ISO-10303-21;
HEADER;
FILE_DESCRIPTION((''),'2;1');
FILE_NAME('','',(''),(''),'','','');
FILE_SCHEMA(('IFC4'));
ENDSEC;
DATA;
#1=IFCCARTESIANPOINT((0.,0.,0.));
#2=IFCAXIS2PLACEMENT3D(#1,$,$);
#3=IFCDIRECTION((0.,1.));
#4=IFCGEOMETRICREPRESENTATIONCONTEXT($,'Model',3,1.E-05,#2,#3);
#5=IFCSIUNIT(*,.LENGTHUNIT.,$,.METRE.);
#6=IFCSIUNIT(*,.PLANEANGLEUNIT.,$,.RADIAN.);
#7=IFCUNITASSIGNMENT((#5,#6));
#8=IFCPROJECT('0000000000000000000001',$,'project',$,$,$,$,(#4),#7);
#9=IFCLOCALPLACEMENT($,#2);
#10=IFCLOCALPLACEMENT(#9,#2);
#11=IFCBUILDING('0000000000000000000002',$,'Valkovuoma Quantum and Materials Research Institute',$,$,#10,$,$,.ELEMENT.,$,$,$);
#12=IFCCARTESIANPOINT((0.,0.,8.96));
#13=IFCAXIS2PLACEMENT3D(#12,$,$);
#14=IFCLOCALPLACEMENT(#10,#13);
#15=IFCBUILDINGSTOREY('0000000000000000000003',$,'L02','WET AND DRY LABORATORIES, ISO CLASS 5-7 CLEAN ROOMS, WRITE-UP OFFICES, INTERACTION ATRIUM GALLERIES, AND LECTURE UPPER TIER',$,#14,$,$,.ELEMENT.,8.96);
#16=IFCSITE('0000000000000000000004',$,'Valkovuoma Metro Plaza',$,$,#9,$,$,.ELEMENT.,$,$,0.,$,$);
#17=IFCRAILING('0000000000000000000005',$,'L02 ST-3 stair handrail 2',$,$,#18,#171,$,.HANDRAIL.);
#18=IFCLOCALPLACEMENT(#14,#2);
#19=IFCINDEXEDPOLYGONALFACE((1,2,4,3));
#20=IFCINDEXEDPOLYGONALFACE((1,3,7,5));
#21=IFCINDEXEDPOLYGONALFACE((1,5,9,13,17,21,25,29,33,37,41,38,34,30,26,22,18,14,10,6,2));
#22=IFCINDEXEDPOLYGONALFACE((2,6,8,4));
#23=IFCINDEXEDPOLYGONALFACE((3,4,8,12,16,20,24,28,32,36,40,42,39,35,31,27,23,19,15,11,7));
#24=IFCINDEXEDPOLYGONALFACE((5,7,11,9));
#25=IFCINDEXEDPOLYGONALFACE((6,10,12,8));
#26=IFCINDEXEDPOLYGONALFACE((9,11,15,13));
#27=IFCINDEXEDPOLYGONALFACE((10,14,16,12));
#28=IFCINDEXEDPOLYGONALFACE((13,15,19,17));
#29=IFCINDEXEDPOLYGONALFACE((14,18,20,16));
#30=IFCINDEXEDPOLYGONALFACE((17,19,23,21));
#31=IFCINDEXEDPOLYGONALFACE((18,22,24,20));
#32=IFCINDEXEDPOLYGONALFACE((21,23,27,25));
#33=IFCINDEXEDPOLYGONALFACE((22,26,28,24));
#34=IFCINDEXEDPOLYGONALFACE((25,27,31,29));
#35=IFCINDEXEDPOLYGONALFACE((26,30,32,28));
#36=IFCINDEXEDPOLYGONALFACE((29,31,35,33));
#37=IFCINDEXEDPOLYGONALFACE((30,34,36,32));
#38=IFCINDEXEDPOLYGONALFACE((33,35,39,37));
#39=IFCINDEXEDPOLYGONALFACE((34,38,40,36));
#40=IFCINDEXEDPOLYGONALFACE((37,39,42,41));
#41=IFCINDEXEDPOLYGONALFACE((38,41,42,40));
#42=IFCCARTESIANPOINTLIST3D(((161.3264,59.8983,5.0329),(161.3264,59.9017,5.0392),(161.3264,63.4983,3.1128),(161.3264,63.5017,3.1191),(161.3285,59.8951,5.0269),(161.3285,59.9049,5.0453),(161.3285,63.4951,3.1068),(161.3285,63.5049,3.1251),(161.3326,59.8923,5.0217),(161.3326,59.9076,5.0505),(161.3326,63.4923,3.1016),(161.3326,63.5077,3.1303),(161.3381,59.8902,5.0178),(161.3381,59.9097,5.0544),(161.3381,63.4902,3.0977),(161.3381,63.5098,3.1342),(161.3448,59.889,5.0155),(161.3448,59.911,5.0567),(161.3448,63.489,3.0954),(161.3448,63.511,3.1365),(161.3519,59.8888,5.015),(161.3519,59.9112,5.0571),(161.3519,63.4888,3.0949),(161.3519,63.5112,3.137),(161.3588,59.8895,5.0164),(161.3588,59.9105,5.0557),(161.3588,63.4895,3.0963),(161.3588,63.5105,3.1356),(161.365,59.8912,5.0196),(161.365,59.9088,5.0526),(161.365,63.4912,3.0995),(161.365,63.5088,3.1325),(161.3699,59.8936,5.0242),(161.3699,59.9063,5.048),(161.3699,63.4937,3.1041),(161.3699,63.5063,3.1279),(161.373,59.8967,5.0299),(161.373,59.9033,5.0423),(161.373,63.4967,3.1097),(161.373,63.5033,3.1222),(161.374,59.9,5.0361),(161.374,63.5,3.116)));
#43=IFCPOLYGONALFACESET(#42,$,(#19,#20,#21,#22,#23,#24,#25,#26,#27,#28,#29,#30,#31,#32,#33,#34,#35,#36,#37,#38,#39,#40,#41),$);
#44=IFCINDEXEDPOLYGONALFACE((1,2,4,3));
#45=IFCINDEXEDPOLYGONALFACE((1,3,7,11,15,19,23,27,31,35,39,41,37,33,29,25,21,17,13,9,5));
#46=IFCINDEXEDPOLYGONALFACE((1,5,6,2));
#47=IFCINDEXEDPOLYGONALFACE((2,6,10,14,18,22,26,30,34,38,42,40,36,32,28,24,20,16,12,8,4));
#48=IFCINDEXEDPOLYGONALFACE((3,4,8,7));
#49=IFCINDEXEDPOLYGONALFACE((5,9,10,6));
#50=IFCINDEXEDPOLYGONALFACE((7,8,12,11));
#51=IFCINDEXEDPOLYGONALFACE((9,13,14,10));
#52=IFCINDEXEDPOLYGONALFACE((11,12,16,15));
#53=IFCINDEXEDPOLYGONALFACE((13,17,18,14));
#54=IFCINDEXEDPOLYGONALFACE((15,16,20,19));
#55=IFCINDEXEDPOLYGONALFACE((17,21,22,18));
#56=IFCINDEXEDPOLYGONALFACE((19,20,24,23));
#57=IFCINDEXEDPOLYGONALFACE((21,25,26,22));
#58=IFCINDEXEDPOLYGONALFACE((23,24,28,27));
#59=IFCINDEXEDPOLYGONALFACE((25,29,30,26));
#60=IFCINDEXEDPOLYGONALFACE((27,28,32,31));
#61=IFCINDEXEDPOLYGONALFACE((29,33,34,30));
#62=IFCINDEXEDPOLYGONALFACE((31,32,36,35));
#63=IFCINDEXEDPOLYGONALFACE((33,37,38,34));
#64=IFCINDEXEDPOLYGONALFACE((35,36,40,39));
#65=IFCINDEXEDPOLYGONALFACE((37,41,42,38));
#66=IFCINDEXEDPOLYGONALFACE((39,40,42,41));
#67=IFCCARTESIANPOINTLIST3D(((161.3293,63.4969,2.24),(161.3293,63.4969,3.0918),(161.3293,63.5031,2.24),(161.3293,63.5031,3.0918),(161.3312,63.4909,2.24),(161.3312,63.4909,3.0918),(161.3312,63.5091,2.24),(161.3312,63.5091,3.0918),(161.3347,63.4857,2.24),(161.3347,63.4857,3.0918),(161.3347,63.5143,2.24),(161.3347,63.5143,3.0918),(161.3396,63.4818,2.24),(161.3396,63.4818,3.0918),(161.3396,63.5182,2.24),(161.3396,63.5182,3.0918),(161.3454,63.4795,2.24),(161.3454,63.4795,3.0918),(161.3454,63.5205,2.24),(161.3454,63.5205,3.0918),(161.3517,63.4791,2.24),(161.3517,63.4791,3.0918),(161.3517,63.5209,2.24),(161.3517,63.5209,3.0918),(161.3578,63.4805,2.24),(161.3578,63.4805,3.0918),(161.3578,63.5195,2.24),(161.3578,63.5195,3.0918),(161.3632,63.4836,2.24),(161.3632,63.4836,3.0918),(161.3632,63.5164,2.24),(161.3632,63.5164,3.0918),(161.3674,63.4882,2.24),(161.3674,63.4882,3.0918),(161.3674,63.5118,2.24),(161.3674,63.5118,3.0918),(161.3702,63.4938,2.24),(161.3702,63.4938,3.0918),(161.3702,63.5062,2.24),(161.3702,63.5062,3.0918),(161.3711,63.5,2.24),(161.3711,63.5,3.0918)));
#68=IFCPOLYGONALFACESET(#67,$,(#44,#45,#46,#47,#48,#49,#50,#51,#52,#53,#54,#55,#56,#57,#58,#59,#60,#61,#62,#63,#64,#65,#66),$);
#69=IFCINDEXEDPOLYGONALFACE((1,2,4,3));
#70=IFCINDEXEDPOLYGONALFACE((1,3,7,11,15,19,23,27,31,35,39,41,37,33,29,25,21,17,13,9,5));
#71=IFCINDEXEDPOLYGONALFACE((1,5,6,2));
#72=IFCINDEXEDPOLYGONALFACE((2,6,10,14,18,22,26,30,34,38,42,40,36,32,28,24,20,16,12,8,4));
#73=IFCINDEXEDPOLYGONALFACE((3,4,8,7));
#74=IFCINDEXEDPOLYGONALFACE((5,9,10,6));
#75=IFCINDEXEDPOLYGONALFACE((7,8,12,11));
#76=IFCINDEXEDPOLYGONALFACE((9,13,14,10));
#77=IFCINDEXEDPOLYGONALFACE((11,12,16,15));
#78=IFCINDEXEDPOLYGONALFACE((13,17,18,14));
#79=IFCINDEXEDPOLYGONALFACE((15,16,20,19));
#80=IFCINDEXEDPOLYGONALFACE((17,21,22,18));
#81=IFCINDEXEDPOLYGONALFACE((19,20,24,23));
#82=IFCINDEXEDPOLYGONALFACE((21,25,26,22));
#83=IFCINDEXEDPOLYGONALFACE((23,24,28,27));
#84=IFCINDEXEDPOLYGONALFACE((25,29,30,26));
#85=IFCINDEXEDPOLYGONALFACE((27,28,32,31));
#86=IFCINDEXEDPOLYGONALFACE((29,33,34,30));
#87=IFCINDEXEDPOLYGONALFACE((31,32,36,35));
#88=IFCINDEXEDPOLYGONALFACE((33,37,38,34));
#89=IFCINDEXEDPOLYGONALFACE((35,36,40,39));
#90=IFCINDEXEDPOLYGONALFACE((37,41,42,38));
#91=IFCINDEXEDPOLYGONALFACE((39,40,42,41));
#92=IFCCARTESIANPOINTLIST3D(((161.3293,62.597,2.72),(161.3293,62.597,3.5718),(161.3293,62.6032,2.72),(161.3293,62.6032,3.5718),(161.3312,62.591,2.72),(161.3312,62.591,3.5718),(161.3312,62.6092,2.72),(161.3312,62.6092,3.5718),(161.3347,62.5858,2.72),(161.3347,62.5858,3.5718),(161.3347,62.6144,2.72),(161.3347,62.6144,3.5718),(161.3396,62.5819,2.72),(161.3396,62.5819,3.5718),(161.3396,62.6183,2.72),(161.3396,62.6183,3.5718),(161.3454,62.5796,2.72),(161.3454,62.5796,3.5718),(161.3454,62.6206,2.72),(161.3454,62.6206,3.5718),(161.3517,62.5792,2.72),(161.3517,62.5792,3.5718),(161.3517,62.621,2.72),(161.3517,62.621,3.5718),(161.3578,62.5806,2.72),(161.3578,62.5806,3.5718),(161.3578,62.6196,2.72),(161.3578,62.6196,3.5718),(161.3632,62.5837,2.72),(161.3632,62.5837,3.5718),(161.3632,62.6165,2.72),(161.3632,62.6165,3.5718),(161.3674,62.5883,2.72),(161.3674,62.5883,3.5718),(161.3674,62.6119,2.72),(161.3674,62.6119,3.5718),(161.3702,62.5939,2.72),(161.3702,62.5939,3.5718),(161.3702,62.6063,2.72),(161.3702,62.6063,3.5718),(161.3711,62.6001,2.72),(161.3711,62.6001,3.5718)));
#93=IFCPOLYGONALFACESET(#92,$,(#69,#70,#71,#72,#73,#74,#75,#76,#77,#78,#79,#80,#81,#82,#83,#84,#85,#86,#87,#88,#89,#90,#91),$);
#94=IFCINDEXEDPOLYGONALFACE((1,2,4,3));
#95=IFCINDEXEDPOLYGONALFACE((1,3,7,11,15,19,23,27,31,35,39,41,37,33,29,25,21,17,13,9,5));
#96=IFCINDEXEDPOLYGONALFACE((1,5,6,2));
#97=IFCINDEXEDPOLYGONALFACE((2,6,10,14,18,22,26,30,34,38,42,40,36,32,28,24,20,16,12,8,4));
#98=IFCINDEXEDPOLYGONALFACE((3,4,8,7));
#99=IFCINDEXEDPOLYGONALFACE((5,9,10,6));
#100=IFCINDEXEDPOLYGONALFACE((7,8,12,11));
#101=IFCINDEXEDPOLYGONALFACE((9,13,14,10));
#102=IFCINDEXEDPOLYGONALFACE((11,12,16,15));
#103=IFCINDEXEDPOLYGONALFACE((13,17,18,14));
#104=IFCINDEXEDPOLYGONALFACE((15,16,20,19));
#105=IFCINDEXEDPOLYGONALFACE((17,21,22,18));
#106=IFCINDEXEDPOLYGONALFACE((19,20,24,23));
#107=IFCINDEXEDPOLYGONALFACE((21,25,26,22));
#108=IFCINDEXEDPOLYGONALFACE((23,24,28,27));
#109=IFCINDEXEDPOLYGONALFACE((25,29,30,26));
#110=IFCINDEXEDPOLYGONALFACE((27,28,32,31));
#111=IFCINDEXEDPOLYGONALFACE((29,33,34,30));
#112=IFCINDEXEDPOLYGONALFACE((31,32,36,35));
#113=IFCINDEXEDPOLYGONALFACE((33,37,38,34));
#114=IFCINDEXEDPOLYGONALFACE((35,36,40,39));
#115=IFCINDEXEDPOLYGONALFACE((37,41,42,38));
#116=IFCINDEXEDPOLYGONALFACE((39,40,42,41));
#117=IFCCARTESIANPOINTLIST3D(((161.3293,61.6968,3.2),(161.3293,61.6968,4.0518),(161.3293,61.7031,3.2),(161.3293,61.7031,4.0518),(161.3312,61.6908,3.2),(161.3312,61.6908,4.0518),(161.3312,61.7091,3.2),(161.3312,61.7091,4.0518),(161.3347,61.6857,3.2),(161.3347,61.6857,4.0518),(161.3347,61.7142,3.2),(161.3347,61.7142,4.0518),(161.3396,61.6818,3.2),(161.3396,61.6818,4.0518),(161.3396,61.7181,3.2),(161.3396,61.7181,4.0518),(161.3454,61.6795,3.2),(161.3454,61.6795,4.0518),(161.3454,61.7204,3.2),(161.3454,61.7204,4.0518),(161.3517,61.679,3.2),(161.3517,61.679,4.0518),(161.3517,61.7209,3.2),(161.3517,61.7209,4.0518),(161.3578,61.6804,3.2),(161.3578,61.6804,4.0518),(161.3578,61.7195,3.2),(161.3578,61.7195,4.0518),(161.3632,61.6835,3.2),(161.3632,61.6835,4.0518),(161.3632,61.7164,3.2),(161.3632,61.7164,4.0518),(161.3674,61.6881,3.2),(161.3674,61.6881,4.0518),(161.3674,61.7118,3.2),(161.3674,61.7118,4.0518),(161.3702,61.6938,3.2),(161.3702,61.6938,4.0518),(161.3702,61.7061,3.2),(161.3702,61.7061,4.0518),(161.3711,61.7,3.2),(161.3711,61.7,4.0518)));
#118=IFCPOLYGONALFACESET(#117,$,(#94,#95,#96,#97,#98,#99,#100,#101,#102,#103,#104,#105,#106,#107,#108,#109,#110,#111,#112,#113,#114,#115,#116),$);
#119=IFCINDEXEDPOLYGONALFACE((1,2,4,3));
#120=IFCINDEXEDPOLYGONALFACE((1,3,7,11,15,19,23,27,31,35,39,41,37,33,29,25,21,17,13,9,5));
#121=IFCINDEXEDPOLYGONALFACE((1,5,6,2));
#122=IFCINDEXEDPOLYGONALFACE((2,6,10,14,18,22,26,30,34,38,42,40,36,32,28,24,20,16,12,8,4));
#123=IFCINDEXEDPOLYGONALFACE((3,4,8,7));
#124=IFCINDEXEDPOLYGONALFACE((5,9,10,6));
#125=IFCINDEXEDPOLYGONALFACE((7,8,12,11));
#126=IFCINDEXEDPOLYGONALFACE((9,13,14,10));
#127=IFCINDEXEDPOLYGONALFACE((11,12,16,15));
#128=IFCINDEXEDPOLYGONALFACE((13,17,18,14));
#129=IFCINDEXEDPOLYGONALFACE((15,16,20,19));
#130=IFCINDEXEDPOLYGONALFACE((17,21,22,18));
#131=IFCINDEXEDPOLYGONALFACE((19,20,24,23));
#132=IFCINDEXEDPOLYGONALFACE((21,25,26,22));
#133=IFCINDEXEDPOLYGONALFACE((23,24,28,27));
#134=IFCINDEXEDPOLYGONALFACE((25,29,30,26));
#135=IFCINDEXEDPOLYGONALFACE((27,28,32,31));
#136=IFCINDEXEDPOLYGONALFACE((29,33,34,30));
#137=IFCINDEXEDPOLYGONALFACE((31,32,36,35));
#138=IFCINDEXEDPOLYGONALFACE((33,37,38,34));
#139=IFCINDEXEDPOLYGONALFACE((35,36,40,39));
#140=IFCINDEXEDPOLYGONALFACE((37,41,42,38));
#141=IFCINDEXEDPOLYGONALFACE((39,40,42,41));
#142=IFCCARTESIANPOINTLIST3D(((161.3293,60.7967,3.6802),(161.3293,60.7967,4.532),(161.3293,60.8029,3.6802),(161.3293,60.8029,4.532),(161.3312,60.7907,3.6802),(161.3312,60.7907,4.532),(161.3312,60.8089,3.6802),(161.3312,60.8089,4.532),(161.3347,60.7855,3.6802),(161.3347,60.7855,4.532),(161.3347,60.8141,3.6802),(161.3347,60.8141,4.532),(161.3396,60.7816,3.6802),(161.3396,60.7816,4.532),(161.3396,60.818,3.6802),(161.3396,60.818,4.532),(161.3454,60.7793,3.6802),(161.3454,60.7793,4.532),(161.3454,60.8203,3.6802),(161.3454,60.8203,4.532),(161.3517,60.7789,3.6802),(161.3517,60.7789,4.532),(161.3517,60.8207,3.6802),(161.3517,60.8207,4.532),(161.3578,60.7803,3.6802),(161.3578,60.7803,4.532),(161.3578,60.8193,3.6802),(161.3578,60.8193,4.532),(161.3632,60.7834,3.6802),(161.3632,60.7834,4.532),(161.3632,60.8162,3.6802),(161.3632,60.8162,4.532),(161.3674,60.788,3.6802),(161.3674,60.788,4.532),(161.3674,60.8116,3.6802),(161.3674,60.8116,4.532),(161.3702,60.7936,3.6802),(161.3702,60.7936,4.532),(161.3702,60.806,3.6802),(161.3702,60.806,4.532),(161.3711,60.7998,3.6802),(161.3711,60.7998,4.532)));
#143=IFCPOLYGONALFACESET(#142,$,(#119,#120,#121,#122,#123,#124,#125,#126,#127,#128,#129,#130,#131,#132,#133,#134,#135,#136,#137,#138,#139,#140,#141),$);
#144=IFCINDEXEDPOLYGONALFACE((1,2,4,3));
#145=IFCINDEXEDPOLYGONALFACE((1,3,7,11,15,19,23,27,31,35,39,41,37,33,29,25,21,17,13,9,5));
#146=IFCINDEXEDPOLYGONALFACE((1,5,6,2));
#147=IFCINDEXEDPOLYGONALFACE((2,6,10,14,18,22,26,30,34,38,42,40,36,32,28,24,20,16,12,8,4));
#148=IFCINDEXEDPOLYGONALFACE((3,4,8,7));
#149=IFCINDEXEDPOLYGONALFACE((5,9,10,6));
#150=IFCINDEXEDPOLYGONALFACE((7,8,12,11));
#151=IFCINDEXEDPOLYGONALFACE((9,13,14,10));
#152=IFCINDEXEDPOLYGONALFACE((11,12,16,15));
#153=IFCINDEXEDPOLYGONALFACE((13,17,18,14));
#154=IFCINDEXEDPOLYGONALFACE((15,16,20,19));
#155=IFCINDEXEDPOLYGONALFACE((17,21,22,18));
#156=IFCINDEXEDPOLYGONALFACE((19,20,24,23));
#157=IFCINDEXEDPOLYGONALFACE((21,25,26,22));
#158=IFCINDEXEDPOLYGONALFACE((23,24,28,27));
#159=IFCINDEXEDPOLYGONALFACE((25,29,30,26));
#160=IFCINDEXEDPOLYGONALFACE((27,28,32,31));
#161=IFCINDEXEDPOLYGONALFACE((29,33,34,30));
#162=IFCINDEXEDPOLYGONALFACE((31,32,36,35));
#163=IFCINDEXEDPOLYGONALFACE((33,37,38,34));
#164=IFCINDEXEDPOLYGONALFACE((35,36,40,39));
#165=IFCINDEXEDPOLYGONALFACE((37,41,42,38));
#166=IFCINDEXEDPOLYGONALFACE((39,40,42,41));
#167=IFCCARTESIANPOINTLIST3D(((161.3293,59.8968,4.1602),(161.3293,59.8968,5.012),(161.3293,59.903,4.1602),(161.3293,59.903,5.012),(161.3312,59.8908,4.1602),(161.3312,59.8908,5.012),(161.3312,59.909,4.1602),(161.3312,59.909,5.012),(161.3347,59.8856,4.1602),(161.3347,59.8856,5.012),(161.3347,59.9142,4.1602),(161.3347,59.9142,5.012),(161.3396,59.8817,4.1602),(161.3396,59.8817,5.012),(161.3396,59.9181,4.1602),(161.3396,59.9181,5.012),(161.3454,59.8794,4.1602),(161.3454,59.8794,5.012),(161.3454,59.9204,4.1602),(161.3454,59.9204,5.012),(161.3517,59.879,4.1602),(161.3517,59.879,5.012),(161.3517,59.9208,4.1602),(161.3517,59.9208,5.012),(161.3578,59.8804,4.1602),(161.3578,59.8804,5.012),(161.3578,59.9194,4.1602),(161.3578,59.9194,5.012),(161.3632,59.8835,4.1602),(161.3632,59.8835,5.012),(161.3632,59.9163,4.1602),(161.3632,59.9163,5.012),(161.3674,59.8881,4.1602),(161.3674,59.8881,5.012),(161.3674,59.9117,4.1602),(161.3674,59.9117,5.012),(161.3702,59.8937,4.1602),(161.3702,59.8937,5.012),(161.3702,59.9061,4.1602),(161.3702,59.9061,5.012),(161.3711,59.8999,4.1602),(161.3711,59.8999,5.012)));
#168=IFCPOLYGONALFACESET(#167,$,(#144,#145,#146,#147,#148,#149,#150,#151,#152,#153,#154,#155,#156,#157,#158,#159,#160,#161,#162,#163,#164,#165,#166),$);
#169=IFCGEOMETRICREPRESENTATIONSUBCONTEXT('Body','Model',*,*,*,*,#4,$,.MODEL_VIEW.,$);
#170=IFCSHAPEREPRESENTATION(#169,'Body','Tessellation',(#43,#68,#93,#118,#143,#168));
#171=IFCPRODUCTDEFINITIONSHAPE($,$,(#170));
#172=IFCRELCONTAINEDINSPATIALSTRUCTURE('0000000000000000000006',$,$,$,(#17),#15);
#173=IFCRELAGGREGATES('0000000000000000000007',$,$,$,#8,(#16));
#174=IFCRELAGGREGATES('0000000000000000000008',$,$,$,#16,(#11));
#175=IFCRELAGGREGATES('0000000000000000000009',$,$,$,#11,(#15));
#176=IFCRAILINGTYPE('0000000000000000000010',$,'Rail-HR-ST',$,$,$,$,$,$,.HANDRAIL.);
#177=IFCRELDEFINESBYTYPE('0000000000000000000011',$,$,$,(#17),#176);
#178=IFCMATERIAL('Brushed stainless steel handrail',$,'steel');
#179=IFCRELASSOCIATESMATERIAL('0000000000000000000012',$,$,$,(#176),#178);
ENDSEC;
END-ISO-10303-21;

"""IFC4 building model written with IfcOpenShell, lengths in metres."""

from ifc_helpers import new_model, si_unit, direction, frame, origin, origin_2d, place, context, subcontext, project, spatial, circle, extrude, material, type_object, element, save


model = new_model("IFC4")

# Units and contexts
model_context = context("Model", 3, precision=1e-05, world=origin(), true_north=direction((0.0, 1.0)))
body_context = subcontext(model_context, "Body", "Model", "MODEL_VIEW")
ifc_project = project(units=[si_unit("LENGTHUNIT", "METRE"), si_unit("PLANEANGLEUNIT", "RADIAN")], contexts=[model_context])

# Site, building, storey
site_placement = place(None, origin())
site = spatial("IfcSite", under=ifc_project, at=site_placement, Name="Valkovuoma Metro Plaza", CompositionType="ELEMENT", RefElevation=0.0)
building_placement = place(site_placement, origin())
building = spatial("IfcBuilding", under=site, at=building_placement, Name="Valkovuoma Quantum and Materials Research Institute", CompositionType="ELEMENT")
storey_placement = place(building_placement, frame((0.0, 0.0, 8.96)))
storey = spatial("IfcBuildingStorey", under=building, at=storey_placement, Name="L02", Description="WET AND DRY LABORATORIES, ISO CLASS 5-7 CLEAN ROOMS, WRITE-UP OFFICES, INTERACTION ATRIUM GALLERIES, AND LECTURE UPPER TIER", CompositionType="ELEMENT", Elevation=8.96)

# Railing
ifc_material_1 = material(Name="Brushed stainless steel handrail", Category="steel")
railing_type_1 = type_object("IfcRailingType", Name="Rail-HR-ST", PredefinedType="HANDRAIL", material=ifc_material_1)
railing_1_placement = place(storey_placement, frame((161.3501, 63.5, 2.24)))
element("IfcRailing", 1, at=railing_1_placement, inside=storey, type_object=railing_type_1, Name="L02 ST-3 stair handrail 2", PredefinedType="HANDRAIL", context=body_context, shape_type="SweptSolid", body=[
    extrude(circle(Radius=0.0239, at=origin_2d()), frame((0.0, 0.0, 0.876), z_axis=(0.0, -0.882341, 0.47061), x_axis=(1.0, 0.0, 0.0)), (0.0, 0.0, 1.0), 4.0801),
    extrude(circle(Radius=0.021, at=origin_2d()), origin(), (0.0, 0.0, 1.0), 0.8518),
    extrude(circle(Radius=0.021, at=origin_2d()), frame((0.0, -0.8999, 0.48)), (0.0, 0.0, 1.0), 0.8518),
    extrude(circle(Radius=0.021, at=origin_2d()), frame((0.0, -1.8, 0.96)), (0.0, 0.0, 1.0), 0.8518),
    extrude(circle(Radius=0.021, at=origin_2d()), frame((0.0, -2.7002, 1.4402)), (0.0, 0.0, 1.0), 0.8518),
    extrude(circle(Radius=0.021, at=origin_2d()), frame((0.0, -3.6001, 1.9202)), (0.0, 0.0, 1.0), 0.8518),
])

save(model, "model.ifc")
